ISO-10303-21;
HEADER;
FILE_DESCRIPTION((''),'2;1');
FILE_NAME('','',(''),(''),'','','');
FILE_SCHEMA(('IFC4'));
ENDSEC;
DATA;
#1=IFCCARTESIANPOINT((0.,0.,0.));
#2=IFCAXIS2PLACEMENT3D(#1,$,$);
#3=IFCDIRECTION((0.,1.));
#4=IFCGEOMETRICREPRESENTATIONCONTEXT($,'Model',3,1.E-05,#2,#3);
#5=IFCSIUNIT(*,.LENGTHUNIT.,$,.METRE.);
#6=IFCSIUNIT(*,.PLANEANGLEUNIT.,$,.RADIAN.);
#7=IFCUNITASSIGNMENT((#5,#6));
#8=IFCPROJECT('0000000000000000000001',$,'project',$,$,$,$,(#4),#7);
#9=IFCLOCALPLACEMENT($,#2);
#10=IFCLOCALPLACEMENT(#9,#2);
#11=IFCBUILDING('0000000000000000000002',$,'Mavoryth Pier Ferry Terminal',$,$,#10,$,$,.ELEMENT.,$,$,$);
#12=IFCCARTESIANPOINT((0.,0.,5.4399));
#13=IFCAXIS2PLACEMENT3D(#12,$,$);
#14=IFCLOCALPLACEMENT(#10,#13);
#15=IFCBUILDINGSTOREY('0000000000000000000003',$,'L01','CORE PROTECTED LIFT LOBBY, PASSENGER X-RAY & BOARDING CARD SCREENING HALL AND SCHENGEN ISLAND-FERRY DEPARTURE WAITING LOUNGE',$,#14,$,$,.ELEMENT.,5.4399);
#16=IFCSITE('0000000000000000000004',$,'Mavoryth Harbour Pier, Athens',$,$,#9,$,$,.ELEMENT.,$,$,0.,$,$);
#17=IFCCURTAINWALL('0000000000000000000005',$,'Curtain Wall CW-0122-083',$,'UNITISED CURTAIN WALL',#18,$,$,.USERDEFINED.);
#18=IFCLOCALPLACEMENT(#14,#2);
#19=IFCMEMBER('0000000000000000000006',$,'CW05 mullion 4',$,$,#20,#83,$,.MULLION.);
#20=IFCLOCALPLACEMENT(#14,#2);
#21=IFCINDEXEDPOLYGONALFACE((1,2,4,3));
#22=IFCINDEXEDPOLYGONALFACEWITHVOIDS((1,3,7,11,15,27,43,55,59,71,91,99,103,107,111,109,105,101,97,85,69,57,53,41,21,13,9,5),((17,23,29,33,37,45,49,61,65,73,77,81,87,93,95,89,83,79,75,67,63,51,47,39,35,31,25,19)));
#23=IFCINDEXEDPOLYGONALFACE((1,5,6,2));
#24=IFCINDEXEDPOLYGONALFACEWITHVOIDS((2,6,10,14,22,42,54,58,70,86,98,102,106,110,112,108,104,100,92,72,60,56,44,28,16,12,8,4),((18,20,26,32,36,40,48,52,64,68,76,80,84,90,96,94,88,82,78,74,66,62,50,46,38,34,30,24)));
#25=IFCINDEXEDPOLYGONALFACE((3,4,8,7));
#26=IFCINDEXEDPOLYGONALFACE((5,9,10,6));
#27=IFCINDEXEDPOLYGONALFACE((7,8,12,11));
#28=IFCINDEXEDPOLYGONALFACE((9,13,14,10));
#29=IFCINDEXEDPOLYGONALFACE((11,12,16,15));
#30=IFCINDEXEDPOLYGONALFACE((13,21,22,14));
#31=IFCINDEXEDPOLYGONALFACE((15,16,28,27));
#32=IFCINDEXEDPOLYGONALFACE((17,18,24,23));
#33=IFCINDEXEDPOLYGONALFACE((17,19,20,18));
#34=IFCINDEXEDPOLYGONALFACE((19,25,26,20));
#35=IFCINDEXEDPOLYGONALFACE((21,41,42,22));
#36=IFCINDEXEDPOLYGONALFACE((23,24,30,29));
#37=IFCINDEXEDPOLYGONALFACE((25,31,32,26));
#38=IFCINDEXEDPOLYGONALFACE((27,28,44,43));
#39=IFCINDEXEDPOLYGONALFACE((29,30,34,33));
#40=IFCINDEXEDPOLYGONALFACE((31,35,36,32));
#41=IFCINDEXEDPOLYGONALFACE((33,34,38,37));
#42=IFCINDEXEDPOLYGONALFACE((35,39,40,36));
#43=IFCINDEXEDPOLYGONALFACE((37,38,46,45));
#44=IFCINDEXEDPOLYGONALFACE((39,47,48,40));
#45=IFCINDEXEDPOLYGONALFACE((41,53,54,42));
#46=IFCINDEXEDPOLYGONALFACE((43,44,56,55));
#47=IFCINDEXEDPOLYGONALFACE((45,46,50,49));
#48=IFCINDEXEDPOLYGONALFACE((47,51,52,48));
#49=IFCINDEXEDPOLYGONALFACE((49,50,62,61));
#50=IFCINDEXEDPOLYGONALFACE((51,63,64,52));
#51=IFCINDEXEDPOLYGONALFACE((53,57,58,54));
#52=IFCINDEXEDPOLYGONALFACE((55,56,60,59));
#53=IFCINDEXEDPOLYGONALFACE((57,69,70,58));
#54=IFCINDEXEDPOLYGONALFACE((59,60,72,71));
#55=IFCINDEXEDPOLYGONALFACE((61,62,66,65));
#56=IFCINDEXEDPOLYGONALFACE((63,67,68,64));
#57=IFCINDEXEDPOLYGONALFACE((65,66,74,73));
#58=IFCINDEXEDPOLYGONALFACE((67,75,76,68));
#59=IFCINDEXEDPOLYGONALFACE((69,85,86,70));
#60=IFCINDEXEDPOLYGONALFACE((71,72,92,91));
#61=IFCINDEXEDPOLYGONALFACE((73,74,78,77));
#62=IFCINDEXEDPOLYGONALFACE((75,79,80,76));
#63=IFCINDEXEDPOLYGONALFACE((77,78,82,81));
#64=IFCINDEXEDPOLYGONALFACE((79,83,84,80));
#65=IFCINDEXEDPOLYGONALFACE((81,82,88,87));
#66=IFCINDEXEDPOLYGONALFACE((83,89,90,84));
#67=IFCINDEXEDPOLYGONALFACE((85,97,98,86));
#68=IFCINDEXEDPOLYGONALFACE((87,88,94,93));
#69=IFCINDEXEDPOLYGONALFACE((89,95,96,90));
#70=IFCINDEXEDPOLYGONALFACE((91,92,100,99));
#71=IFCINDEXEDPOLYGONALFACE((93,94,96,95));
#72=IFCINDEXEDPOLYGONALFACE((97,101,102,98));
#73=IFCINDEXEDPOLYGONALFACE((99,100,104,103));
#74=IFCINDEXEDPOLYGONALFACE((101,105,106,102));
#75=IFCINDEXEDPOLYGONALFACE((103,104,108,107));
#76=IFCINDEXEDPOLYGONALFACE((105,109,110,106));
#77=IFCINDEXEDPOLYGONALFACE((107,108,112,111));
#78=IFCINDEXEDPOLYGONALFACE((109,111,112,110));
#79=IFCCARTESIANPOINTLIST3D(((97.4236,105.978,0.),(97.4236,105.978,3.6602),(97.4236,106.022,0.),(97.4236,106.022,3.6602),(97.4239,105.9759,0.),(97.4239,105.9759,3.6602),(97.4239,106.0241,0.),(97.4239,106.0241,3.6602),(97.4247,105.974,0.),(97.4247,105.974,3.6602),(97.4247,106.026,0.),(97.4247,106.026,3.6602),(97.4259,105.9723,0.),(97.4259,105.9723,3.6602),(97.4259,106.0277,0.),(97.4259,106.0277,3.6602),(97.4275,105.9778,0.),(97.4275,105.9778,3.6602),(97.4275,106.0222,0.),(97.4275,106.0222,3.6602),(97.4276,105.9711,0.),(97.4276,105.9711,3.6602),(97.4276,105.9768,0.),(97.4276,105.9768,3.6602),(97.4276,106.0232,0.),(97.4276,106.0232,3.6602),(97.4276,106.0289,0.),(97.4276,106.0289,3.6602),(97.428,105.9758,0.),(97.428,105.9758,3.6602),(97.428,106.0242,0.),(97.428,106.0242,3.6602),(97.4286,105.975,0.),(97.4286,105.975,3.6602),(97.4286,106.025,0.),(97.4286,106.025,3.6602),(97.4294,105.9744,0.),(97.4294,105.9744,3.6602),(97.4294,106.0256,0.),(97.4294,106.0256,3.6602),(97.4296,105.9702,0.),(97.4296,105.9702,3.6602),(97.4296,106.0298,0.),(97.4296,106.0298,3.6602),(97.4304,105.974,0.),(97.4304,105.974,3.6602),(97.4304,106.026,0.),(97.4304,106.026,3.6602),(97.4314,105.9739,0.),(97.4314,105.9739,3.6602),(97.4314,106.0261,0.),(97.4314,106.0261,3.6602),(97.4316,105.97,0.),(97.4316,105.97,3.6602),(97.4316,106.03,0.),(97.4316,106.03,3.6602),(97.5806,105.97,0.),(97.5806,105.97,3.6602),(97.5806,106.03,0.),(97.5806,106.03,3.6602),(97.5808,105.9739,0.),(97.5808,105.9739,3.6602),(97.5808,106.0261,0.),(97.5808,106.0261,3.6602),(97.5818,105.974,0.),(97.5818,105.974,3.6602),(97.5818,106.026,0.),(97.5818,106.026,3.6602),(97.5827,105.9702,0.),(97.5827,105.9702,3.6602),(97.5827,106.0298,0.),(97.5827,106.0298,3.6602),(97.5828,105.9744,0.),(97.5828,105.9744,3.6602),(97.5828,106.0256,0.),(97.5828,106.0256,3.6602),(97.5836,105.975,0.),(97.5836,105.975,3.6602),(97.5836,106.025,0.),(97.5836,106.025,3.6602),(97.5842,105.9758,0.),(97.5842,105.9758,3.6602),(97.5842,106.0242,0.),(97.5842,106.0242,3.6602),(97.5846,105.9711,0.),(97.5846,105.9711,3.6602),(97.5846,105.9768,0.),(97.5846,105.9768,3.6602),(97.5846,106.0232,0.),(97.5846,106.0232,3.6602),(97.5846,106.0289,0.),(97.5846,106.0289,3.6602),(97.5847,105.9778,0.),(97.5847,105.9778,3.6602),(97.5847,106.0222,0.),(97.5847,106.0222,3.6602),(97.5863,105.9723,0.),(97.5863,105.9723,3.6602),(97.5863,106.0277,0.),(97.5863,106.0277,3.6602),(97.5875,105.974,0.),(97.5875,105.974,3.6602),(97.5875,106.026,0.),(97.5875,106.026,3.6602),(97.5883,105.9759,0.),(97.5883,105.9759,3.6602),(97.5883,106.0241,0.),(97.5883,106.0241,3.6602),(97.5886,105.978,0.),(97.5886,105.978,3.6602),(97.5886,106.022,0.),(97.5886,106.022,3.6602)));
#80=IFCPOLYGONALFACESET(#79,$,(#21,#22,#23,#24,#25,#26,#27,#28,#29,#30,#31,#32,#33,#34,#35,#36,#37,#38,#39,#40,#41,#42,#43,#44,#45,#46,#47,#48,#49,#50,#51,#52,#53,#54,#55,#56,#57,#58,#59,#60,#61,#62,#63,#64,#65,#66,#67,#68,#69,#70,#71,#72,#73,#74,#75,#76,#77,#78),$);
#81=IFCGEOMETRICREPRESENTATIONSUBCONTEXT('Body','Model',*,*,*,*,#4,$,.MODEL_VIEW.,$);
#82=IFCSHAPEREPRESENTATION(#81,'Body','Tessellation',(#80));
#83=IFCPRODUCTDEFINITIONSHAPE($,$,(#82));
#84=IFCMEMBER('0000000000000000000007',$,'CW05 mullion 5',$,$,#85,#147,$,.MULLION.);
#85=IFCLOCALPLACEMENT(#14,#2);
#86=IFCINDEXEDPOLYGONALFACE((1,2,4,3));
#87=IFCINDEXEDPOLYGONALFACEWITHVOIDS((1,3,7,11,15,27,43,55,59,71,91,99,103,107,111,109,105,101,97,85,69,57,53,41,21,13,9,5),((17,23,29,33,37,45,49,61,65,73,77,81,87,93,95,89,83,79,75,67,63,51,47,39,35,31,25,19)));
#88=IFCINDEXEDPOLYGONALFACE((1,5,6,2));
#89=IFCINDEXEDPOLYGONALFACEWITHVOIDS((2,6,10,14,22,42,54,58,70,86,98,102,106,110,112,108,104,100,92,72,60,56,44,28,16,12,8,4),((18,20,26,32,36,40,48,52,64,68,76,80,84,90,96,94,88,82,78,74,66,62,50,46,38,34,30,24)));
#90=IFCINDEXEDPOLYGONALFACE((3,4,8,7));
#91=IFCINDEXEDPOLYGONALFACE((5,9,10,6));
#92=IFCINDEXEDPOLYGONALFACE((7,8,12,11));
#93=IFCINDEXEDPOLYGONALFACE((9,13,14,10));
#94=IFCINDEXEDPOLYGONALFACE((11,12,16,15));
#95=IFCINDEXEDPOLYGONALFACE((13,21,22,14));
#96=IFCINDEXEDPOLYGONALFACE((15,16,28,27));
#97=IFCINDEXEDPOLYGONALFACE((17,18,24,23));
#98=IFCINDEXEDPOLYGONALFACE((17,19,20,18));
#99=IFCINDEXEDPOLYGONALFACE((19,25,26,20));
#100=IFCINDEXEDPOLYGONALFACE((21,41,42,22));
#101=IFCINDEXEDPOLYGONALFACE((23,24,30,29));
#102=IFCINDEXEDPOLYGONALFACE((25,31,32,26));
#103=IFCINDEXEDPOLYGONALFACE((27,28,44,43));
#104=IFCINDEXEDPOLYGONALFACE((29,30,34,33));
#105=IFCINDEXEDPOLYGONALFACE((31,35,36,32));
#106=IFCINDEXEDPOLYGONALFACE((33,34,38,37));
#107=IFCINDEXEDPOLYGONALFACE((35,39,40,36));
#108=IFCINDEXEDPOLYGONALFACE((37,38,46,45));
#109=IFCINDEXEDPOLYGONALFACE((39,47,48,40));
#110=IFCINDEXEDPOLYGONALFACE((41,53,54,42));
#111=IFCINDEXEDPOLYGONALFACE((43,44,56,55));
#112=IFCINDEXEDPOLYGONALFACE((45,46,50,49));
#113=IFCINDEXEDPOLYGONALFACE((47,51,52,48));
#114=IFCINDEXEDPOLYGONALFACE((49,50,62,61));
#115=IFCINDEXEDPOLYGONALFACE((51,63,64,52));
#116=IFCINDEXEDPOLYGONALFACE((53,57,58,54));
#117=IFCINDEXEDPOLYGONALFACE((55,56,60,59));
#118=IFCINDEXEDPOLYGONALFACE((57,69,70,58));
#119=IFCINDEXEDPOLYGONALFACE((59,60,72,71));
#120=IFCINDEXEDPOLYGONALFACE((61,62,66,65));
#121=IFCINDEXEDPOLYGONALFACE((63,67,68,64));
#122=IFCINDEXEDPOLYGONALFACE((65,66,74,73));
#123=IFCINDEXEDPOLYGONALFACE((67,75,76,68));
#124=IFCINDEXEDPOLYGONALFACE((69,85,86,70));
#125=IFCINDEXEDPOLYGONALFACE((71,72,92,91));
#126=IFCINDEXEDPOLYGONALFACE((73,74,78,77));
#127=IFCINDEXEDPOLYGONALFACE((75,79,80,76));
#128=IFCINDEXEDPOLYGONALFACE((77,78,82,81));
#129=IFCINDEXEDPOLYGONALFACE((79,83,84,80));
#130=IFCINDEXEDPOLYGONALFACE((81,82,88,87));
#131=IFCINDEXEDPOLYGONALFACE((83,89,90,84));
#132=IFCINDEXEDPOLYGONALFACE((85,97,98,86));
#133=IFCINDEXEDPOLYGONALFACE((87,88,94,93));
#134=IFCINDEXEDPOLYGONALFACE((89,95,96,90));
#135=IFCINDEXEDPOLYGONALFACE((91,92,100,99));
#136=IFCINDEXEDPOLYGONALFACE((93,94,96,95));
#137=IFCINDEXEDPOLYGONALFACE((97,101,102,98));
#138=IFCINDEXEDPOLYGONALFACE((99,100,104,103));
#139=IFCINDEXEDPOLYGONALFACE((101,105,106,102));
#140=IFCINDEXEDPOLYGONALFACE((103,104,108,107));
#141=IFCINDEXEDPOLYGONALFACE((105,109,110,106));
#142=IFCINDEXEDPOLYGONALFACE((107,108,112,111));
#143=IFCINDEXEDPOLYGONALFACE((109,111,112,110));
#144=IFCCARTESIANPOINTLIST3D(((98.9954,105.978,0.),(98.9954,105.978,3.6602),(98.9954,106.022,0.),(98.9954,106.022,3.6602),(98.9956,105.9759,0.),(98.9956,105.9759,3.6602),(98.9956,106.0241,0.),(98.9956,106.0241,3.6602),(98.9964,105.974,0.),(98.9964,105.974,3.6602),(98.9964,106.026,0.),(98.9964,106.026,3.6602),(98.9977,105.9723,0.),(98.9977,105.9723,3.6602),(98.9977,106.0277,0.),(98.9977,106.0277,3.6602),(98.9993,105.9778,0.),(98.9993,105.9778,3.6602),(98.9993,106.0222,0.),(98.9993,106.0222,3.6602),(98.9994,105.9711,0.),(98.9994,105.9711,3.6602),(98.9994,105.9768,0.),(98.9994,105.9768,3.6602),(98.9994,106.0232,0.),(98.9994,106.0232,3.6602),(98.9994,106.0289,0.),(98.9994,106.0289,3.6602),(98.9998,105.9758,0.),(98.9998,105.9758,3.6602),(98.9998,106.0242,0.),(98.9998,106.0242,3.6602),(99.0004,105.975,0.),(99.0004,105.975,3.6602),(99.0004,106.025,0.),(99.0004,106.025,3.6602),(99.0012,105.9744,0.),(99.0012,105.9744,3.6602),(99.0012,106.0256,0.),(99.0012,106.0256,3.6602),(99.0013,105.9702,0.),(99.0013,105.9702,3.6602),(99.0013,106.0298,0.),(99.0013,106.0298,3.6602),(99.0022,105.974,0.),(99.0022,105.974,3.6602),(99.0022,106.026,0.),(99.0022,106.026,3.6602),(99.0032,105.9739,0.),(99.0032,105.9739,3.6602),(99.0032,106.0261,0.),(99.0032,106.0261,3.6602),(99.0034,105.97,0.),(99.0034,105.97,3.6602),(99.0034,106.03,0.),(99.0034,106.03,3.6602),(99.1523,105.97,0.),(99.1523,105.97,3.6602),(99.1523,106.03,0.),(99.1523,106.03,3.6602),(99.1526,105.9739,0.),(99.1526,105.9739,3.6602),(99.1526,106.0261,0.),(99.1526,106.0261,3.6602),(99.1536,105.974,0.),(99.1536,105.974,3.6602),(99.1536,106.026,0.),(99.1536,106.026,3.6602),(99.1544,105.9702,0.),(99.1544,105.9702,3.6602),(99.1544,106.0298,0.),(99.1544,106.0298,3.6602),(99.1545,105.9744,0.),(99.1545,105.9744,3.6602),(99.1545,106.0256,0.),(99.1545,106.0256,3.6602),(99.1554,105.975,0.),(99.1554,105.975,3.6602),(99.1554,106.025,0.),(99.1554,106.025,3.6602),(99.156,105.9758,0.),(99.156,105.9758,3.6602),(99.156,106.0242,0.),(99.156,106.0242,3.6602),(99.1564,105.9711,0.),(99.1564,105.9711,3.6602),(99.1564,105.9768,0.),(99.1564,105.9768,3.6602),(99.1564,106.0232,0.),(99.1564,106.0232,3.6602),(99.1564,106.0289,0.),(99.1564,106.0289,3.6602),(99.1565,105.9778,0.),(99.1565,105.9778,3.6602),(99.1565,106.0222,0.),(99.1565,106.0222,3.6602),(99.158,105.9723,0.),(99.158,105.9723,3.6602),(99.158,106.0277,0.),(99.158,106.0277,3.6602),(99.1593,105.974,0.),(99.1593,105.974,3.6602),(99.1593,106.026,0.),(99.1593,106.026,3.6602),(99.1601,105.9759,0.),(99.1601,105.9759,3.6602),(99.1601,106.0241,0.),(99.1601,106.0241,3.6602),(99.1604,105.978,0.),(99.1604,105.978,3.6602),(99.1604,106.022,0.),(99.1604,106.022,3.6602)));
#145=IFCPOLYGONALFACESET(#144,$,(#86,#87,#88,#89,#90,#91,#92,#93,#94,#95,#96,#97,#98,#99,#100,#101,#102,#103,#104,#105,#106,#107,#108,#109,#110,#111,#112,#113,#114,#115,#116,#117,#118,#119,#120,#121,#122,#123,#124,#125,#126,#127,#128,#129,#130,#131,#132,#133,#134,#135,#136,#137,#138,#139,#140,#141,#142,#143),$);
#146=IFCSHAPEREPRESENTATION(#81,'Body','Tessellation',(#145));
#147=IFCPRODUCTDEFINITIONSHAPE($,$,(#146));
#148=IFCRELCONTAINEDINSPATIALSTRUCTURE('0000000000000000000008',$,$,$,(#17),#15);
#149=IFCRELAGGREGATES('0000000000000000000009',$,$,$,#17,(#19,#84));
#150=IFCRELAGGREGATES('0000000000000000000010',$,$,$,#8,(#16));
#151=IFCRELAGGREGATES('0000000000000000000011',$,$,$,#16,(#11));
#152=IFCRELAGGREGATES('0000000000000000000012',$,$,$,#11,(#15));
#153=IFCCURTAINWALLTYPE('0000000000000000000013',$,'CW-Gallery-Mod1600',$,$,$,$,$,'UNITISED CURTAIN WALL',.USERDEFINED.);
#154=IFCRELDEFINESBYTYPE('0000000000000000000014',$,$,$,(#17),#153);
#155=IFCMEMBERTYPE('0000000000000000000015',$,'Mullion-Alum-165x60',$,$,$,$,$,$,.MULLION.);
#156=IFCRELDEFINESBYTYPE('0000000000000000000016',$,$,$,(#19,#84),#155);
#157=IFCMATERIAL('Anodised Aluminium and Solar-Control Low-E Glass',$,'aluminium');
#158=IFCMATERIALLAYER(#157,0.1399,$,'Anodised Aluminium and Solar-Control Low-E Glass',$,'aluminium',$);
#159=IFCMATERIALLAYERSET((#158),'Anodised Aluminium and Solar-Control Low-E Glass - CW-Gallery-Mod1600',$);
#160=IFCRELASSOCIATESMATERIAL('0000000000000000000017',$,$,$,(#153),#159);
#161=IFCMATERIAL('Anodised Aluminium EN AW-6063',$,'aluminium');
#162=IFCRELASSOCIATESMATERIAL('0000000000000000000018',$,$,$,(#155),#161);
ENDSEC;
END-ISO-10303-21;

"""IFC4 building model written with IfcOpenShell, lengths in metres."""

from ifc_helpers import new_model, si_unit, direction, frame, origin, origin_2d, place, context, subcontext, project, spatial, hollow_rectangle, extrude, material, layer, layer_set, material_profile, profile_set, type_object, element, aggregate, save


model = new_model("IFC4")

# Units and contexts
model_context = context("Model", 3, precision=1e-05, world=origin(), true_north=direction((0.0, 1.0)))
body_context = subcontext(model_context, "Body", "Model", "MODEL_VIEW")
ifc_project = project(units=[si_unit("LENGTHUNIT", "METRE"), si_unit("PLANEANGLEUNIT", "RADIAN")], contexts=[model_context])

# Site, building, storey
site_placement = place(None, origin())
site = spatial("IfcSite", under=ifc_project, at=site_placement, Name="Mavoryth Harbour Pier, Athens", CompositionType="ELEMENT", RefElevation=0.0)
building_placement = place(site_placement, origin())
building = spatial("IfcBuilding", under=site, at=building_placement, Name="Mavoryth Pier Ferry Terminal", CompositionType="ELEMENT")
storey_placement = place(building_placement, frame((0.0, 0.0, 5.4399)))
storey = spatial("IfcBuildingStorey", under=building, at=storey_placement, Name="L01", Description="CORE PROTECTED LIFT LOBBY, PASSENGER X-RAY & BOARDING CARD SCREENING HALL AND SCHENGEN ISLAND-FERRY DEPARTURE WAITING LOUNGE", CompositionType="ELEMENT", Elevation=5.4399)

# Curtain wall, members
ifc_material_1 = material(Name="Anodised Aluminium and Solar-Control Low-E Glass", Category="aluminium")
ifc_layer_1 = layer(ifc_material_1, 0.1399, Name="Anodised Aluminium and Solar-Control Low-E Glass", Category="aluminium")
ifc_layer_set_1 = layer_set([ifc_layer_1], Name="Anodised Aluminium and Solar-Control Low-E Glass - CW-Gallery-Mod1600")
curtain_wall_type = type_object("IfcCurtainWallType", Name="CW-Gallery-Mod1600", ElementType="UNITISED CURTAIN WALL", PredefinedType="USERDEFINED", material=ifc_layer_set_1)
curtain_wall_1_placement = place(storey_placement, origin())
curtain_wall_1 = element("IfcCurtainWall", 1, at=curtain_wall_1_placement, inside=storey, type_object=curtain_wall_type, Name="Curtain Wall CW-0122-083", ObjectType="UNITISED CURTAIN WALL", PredefinedType="USERDEFINED")
ifc_material_2 = material(Name="Anodised Aluminium EN AW-6063", Category="aluminium")
ifc_material_profile_1 = material_profile(ifc_material_2, hollow_rectangle(XDim=0.0601, YDim=0.165, WallThickness=0.0039, InnerFilletRadius=0.0039, OuterFilletRadius=0.0081, at=origin_2d()), Name="AL-MULL 165x60x4", Category="aluminium")
ifc_profile_set_1 = profile_set([ifc_material_profile_1], Name="Anodised Aluminium EN AW-6063 - AL-MULL 165x60x4")
member_type_1 = type_object("IfcMemberType", Name="Mullion-Alum-165x60", PredefinedType="MULLION", material=ifc_profile_set_1)
member_1_placement = place(storey_placement, frame((97.5061, 106.0, 0.0), z_axis=(0.0, 0.0, 1.0), x_axis=(0.0, 1.0, 0.0)))
member_1 = element("IfcMember", 2, at=member_1_placement, type_object=member_type_1, Name="CW05 mullion 4", PredefinedType="MULLION", context=body_context, shape_type="SweptSolid", body=[
    extrude(hollow_rectangle(XDim=0.0601, YDim=0.165, WallThickness=0.0039, InnerFilletRadius=0.0039, OuterFilletRadius=0.0081, at=origin_2d()), origin(), (0.0, 0.0, 1.0), 3.6602),
])
member_2_placement = place(storey_placement, frame((99.0779, 106.0, 0.0), z_axis=(0.0, 0.0, 1.0), x_axis=(0.0, 1.0, 0.0)))
member_2 = element("IfcMember", 3, at=member_2_placement, type_object=member_type_1, Name="CW05 mullion 5", PredefinedType="MULLION", context=body_context, shape_type="SweptSolid", body=[
    extrude(hollow_rectangle(XDim=0.0601, YDim=0.165, WallThickness=0.0039, InnerFilletRadius=0.0039, OuterFilletRadius=0.0081, at=origin_2d()), origin(), (0.0, 0.0, 1.0), 3.6602),
])

aggregate(curtain_wall_1, [member_1, member_2])

save(model, "model.ifc")
